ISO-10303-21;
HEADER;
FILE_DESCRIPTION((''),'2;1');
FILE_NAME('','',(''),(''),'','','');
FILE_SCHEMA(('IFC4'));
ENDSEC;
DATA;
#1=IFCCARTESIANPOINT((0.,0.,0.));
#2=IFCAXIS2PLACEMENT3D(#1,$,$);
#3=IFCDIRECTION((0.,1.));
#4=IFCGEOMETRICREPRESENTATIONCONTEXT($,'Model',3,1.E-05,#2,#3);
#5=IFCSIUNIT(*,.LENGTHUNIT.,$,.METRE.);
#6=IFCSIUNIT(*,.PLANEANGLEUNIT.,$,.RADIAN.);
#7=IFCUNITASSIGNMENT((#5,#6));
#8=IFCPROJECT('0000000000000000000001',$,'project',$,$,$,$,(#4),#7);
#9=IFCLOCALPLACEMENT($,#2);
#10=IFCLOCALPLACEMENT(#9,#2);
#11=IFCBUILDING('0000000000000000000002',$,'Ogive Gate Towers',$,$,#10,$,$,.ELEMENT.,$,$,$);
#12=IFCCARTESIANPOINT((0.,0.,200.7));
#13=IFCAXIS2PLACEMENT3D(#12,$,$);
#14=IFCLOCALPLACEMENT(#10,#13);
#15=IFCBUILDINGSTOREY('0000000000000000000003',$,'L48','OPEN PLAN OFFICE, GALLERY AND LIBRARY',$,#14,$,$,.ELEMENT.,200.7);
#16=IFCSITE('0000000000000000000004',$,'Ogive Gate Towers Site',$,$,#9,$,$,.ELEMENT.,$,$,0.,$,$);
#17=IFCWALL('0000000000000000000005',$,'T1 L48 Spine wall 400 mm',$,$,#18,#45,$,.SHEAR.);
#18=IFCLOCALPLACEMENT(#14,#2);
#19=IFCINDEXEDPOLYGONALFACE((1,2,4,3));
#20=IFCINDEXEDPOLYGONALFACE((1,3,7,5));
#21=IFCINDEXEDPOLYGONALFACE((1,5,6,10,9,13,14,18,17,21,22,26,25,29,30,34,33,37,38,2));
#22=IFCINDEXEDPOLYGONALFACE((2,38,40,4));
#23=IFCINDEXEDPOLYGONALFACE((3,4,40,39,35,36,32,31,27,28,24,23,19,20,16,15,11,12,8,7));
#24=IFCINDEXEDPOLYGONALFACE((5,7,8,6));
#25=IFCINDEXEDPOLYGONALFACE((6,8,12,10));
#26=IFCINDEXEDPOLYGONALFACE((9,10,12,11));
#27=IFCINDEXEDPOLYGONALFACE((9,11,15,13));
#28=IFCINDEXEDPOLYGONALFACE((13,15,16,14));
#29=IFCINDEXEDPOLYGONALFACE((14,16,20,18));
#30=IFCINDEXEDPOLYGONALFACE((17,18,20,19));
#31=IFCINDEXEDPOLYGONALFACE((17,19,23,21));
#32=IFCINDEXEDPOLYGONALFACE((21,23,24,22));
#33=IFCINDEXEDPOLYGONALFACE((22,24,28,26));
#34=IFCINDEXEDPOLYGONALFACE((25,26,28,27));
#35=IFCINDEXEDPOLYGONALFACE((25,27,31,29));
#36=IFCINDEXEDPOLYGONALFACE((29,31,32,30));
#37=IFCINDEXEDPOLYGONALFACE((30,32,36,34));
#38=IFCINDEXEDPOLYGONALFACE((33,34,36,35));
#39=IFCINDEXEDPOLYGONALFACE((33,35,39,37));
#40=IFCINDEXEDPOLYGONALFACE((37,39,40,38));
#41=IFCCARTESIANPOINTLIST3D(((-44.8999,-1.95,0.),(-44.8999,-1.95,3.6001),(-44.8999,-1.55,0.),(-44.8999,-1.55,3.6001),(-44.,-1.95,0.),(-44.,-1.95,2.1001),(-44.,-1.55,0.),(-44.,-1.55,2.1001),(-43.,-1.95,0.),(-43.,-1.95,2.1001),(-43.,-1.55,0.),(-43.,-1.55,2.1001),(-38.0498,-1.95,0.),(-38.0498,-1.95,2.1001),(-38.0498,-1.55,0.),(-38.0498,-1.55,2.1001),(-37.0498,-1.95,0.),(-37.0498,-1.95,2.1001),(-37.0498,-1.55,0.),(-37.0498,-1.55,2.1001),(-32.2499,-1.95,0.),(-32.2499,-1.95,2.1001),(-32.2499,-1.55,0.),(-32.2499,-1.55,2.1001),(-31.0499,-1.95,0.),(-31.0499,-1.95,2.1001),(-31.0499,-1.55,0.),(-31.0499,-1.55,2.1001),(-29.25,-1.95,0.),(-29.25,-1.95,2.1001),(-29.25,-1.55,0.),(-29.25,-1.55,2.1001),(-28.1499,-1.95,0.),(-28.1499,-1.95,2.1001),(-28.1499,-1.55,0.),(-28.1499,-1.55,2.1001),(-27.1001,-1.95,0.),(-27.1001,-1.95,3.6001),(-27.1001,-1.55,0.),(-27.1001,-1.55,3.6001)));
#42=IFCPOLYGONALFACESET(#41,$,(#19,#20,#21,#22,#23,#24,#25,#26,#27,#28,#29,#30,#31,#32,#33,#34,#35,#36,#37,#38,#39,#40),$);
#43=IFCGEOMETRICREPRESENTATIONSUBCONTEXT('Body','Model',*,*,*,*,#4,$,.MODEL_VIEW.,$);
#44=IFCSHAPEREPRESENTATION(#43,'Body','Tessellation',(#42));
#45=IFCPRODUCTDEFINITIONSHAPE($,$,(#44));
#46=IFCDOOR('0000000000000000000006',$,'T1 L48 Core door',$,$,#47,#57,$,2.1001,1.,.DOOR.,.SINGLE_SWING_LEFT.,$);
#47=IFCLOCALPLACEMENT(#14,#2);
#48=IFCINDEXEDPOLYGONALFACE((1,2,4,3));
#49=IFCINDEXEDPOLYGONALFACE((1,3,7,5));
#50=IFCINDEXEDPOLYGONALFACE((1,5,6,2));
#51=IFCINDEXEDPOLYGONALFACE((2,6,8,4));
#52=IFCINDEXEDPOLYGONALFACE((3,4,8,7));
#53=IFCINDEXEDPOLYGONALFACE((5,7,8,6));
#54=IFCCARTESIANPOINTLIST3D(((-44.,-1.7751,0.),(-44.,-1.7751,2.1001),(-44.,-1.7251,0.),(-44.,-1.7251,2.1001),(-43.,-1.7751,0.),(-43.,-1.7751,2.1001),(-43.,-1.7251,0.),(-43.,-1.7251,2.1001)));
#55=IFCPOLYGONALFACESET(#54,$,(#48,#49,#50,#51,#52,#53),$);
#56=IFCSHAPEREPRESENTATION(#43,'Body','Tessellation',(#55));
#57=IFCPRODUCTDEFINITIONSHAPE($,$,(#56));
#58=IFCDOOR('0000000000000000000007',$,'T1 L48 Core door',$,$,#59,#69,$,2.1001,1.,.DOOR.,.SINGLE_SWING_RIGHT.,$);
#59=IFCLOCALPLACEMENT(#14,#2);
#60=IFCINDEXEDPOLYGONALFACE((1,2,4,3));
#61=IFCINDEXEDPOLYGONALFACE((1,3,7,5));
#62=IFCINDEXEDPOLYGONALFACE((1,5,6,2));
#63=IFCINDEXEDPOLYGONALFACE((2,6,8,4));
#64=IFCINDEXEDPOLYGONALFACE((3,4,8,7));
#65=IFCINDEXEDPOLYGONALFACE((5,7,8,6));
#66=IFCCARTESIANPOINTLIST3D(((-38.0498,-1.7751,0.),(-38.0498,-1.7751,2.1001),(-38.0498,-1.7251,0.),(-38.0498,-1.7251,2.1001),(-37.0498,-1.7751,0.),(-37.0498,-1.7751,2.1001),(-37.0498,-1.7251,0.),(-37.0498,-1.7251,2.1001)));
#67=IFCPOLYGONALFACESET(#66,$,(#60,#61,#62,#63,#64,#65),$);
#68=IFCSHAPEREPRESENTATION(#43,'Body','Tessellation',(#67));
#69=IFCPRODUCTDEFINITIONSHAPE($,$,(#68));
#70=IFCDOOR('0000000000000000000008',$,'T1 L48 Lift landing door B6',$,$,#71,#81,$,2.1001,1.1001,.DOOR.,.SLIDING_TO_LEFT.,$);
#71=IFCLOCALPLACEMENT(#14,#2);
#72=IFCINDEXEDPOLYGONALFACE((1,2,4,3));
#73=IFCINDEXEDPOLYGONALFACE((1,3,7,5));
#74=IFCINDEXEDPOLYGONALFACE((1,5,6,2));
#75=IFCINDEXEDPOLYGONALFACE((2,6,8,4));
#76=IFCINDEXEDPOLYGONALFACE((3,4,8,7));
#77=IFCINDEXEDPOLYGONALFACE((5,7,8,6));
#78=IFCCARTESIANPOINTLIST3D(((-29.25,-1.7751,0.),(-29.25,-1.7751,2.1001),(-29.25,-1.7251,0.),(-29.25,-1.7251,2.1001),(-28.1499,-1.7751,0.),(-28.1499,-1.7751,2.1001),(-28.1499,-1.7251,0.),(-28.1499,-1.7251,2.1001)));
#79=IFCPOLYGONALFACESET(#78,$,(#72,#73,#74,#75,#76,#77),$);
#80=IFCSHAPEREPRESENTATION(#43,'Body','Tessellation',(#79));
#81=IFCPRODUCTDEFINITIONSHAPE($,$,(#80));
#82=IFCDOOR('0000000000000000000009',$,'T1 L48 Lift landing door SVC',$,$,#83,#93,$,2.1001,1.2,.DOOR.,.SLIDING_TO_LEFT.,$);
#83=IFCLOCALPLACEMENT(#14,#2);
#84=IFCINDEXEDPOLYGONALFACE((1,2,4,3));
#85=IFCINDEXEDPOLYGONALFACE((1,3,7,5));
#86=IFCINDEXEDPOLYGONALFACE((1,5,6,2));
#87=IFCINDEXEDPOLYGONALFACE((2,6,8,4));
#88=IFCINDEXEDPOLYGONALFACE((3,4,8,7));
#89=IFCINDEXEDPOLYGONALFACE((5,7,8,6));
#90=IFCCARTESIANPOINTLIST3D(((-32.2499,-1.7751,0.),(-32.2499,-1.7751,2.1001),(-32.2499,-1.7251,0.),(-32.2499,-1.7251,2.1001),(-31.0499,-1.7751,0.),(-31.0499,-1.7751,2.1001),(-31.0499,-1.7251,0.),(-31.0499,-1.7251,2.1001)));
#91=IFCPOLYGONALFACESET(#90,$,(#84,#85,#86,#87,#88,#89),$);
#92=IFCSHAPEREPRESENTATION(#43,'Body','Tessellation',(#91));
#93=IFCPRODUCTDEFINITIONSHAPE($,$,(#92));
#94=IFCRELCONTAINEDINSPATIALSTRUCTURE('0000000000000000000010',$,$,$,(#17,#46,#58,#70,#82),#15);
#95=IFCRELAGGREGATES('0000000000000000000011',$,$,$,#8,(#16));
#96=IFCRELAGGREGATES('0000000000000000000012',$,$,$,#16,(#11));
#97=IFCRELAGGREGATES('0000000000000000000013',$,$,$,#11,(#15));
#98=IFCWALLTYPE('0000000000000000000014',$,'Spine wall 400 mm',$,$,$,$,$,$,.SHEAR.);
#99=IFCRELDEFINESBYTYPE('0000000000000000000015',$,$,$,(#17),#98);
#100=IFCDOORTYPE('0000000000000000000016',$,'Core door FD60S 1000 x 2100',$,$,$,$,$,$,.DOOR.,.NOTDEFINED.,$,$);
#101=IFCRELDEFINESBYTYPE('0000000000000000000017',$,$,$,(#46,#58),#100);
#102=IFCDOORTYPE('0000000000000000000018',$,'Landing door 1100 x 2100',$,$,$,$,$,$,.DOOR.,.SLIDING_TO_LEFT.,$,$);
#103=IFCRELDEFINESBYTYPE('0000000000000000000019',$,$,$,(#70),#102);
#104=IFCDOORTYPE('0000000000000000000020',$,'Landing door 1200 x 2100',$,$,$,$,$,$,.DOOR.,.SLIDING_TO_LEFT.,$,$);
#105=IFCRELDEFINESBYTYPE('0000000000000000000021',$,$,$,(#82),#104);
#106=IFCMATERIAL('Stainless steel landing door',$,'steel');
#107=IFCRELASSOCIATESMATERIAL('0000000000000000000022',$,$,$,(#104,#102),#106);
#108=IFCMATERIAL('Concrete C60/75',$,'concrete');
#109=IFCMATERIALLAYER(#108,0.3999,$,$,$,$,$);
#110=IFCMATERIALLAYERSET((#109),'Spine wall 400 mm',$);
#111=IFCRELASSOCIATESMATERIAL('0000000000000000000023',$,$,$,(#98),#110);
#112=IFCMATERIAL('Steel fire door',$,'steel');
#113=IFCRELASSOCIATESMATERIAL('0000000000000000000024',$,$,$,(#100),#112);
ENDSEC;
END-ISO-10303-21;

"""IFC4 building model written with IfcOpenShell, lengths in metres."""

from ifc_helpers import new_model, si_unit, direction, frame, frame_2d, origin, place, context, subcontext, project, spatial, rectangle, extrude, material, layer, layer_set, type_object, element, fill, save


model = new_model("IFC4")

# Units and contexts
model_context = context("Model", 3, precision=1e-05, world=origin(), true_north=direction((0.0, 1.0)))
body_context = subcontext(model_context, "Body", "Model", "MODEL_VIEW")
ifc_project = project(units=[si_unit("LENGTHUNIT", "METRE"), si_unit("PLANEANGLEUNIT", "RADIAN")], contexts=[model_context])

# Site, building, storey
site_placement = place(None, origin())
site = spatial("IfcSite", under=ifc_project, at=site_placement, Name="Ogive Gate Towers Site", CompositionType="ELEMENT", RefElevation=0.0)
building_placement = place(site_placement, origin())
building = spatial("IfcBuilding", under=site, at=building_placement, Name="Ogive Gate Towers", CompositionType="ELEMENT")
storey_placement = place(building_placement, frame((0.0, 0.0, 200.7)))
storey = spatial("IfcBuildingStorey", under=building, at=storey_placement, Name="L48", Description="OPEN PLAN OFFICE, GALLERY AND LIBRARY", CompositionType="ELEMENT", Elevation=200.7)

# Shared definitions
ifc_material_1 = material(Name="Concrete C60/75", Category="concrete")
ifc_material_2 = material(Name="Steel fire door", Category="steel")

# Shared definitions
ifc_material_3 = material(Name="Stainless steel landing door", Category="steel")
door_type_1 = type_object("IfcDoorType", Name="Landing door 1200 x 2100", OperationType="SLIDING_TO_LEFT", PredefinedType="DOOR", material=ifc_material_3)

# Wall, openings, doors
ifc_layer_1 = layer(ifc_material_1, 0.3999)
ifc_layer_set_1 = layer_set([ifc_layer_1], Name="Spine wall 400 mm")
wall_type_1 = type_object("IfcWallType", Name="Spine wall 400 mm", PredefinedType="SHEAR", material=ifc_layer_set_1)
wall_1_placement = place(storey_placement, frame((-44.8999, -1.75, 0.0), z_axis=(0.0, 0.0, 1.0), x_axis=(1.0, 0.0, 0.0)))
wall_1 = element("IfcWall", 1, at=wall_1_placement, inside=storey, type_object=wall_type_1, Name="T1 L48 Spine wall 400 mm", PredefinedType="SHEAR", context=body_context, shape_type="SweptSolid", body=[
    extrude(rectangle(XDim=17.7998, YDim=0.3999, at=frame_2d((8.8999, 0.0))), origin(), (0.0, 0.0, 1.0), 3.6001),
])
opening_1_placement = place(wall_1_placement, frame((12.6499, 0.0, 0.0)))
opening_1 = element("IfcOpeningElement", 2, at=opening_1_placement, cuts=wall_1, PredefinedType="OPENING", context=body_context, shape_type="SweptSolid", body=[
    extrude(rectangle(XDim=1.2, YDim=2.1001, at=frame_2d((0.6001, 1.05))), frame((0.0, 0.21, 0.0), z_axis=(0.0, -1.0, 0.0), x_axis=(1.0, 0.0, 0.0)), (0.0, 0.0, 1.0), 0.4199),
])
opening_2_placement = place(wall_1_placement, frame((15.6499, 0.0, 0.0)))
opening_2 = element("IfcOpeningElement", 3, at=opening_2_placement, cuts=wall_1, PredefinedType="OPENING", context=body_context, shape_type="SweptSolid", body=[
    extrude(rectangle(XDim=1.1001, YDim=2.1001, at=frame_2d((0.55, 1.05))), frame((0.0, 0.21, 0.0), z_axis=(0.0, -1.0, 0.0), x_axis=(1.0, 0.0, 0.0)), (0.0, 0.0, 1.0), 0.4199),
])
opening_3_placement = place(wall_1_placement, frame((0.8999, 0.0, 0.0)))
opening_3 = element("IfcOpeningElement", 4, at=opening_3_placement, cuts=wall_1, PredefinedType="OPENING", context=body_context, shape_type="SweptSolid", body=[
    extrude(rectangle(XDim=1.0, YDim=2.1001, at=frame_2d((0.5, 1.05))), frame((0.0, 0.21, 0.0), z_axis=(0.0, -1.0, 0.0), x_axis=(1.0, 0.0, 0.0)), (0.0, 0.0, 1.0), 0.4199),
])
opening_4_placement = place(wall_1_placement, frame((6.8501, 0.0, 0.0)))
opening_4 = element("IfcOpeningElement", 5, at=opening_4_placement, cuts=wall_1, PredefinedType="OPENING", context=body_context, shape_type="SweptSolid", body=[
    extrude(rectangle(XDim=1.0, YDim=2.1001, at=frame_2d((0.5, 1.05))), frame((0.0, 0.21, 0.0), z_axis=(0.0, -1.0, 0.0), x_axis=(1.0, 0.0, 0.0)), (0.0, 0.0, 1.0), 0.4199),
])
door_type_2 = type_object("IfcDoorType", Name="Core door FD60S 1000 x 2100", OperationType="NOTDEFINED", PredefinedType="DOOR", material=ifc_material_2)
door_1_placement = place(opening_3_placement, origin())
door_1 = element("IfcDoor", 6, at=door_1_placement, inside=storey, type_object=door_type_2, Name="T1 L48 Core door", OperationType="SINGLE_SWING_LEFT", OverallHeight=2.1001, OverallWidth=1.0, PredefinedType="DOOR", context=body_context, shape_type="SweptSolid", body=[
    extrude(rectangle(XDim=1.0, YDim=2.1001, at=frame_2d((0.5, 1.05))), frame((0.0, 0.0249, 0.0), z_axis=(0.0, -1.0, 0.0), x_axis=(1.0, 0.0, 0.0)), (0.0, 0.0, 1.0), 0.05),
])
fill(opening_3, door_1)
door_2_placement = place(opening_4_placement, origin())
door_2 = element("IfcDoor", 7, at=door_2_placement, inside=storey, type_object=door_type_2, Name="T1 L48 Core door", OperationType="SINGLE_SWING_RIGHT", OverallHeight=2.1001, OverallWidth=1.0, PredefinedType="DOOR", context=body_context, shape_type="SweptSolid", body=[
    extrude(rectangle(XDim=1.0, YDim=2.1001, at=frame_2d((0.5, 1.05))), frame((0.0, 0.0249, 0.0), z_axis=(0.0, -1.0, 0.0), x_axis=(1.0, 0.0, 0.0)), (0.0, 0.0, 1.0), 0.05),
])
fill(opening_4, door_2)
door_type_3 = type_object("IfcDoorType", Name="Landing door 1100 x 2100", OperationType="SLIDING_TO_LEFT", PredefinedType="DOOR", material=ifc_material_3)
door_3_placement = place(opening_2_placement, origin())
door_3 = element("IfcDoor", 8, at=door_3_placement, inside=storey, type_object=door_type_3, Name="T1 L48 Lift landing door B6", OperationType="SLIDING_TO_LEFT", OverallHeight=2.1001, OverallWidth=1.1001, PredefinedType="DOOR", context=body_context, shape_type="SweptSolid", body=[
    extrude(rectangle(XDim=1.1001, YDim=2.1001, at=frame_2d((0.55, 1.05))), frame((0.0, 0.0249, 0.0), z_axis=(0.0, -1.0, 0.0), x_axis=(1.0, 0.0, 0.0)), (0.0, 0.0, 1.0), 0.05),
])
fill(opening_2, door_3)
door_4_placement = place(opening_1_placement, origin())
door_4 = element("IfcDoor", 9, at=door_4_placement, inside=storey, type_object=door_type_1, Name="T1 L48 Lift landing door SVC", OperationType="SLIDING_TO_LEFT", OverallHeight=2.1001, OverallWidth=1.2, PredefinedType="DOOR", context=body_context, shape_type="SweptSolid", body=[
    extrude(rectangle(XDim=1.2, YDim=2.1001, at=frame_2d((0.6001, 1.05))), frame((0.0, 0.0249, 0.0), z_axis=(0.0, -1.0, 0.0), x_axis=(1.0, 0.0, 0.0)), (0.0, 0.0, 1.0), 0.05),
])
fill(opening_1, door_4)

save(model, "model.ifc")
